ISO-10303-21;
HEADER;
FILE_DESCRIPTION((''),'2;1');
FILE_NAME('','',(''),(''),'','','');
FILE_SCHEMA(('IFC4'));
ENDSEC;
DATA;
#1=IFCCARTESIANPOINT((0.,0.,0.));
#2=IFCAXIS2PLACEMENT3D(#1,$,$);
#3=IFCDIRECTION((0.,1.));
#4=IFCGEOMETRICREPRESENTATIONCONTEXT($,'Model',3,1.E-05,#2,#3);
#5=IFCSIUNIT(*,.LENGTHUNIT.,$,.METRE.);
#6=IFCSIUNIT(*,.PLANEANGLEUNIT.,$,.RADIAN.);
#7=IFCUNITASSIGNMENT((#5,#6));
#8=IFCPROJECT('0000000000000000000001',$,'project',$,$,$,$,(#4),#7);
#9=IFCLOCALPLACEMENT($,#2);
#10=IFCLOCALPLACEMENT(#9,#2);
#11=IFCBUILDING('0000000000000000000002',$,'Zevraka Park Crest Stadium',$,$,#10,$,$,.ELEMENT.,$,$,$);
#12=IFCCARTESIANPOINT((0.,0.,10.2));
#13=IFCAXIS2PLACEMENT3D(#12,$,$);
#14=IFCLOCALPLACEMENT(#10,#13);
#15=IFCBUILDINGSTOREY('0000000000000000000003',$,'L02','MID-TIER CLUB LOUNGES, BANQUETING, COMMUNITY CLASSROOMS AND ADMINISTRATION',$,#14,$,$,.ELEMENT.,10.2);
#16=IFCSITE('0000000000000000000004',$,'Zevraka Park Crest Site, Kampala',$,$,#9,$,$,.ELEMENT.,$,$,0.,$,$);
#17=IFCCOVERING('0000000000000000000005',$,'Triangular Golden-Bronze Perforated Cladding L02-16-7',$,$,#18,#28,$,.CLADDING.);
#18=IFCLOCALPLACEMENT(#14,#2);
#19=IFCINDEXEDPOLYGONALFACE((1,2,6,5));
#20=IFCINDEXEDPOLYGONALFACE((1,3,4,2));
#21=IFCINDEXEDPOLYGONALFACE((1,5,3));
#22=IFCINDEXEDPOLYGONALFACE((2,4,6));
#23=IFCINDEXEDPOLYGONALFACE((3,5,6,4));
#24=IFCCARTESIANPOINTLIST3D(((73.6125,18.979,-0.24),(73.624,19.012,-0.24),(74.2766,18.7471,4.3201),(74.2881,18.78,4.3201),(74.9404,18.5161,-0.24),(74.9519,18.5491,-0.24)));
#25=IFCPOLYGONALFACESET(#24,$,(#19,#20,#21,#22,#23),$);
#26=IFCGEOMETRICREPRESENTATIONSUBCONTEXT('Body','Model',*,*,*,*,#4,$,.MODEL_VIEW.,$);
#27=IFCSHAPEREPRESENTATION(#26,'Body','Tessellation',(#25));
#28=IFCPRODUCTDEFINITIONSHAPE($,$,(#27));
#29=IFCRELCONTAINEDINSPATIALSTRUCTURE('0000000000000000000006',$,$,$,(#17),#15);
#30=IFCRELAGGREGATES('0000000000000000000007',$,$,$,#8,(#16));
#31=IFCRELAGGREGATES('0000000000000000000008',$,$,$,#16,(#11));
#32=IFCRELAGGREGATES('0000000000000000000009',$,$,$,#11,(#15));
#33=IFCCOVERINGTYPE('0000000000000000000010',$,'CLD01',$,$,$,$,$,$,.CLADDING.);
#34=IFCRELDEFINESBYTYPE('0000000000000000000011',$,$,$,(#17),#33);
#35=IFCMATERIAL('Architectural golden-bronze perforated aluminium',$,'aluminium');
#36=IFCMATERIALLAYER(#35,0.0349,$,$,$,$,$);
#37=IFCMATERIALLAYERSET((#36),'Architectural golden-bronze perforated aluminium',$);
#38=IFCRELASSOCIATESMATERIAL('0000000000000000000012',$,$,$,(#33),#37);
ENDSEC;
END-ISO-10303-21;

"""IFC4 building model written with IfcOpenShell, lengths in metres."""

from ifc_helpers import new_model, si_unit, direction, frame, origin, place, context, subcontext, project, spatial, polyline, outline, extrude, material, layer, layer_set, type_object, element, save


model = new_model("IFC4")

# Units and contexts
model_context = context("Model", 3, precision=1e-05, world=origin(), true_north=direction((0.0, 1.0)))
body_context = subcontext(model_context, "Body", "Model", "MODEL_VIEW")
ifc_project = project(units=[si_unit("LENGTHUNIT", "METRE"), si_unit("PLANEANGLEUNIT", "RADIAN")], contexts=[model_context])

# Site, building, storey
site_placement = place(None, origin())
site = spatial("IfcSite", under=ifc_project, at=site_placement, Name="Zevraka Park Crest Site, Kampala", CompositionType="ELEMENT", RefElevation=0.0)
building_placement = place(site_placement, origin())
building = spatial("IfcBuilding", under=site, at=building_placement, Name="Zevraka Park Crest Stadium", CompositionType="ELEMENT")
storey_placement = place(building_placement, frame((0.0, 0.0, 10.2)))
storey = spatial("IfcBuildingStorey", under=building, at=storey_placement, Name="L02", Description="MID-TIER CLUB LOUNGES, BANQUETING, COMMUNITY CLASSROOMS AND ADMINISTRATION", CompositionType="ELEMENT", Elevation=10.2)

# Covering
ifc_material_1 = material(Name="Architectural golden-bronze perforated aluminium", Category="aluminium")
ifc_layer_1 = layer(ifc_material_1, 0.0349)
ifc_layer_set_1 = layer_set([ifc_layer_1], Name="Architectural golden-bronze perforated aluminium")
covering_type = type_object("IfcCoveringType", Name="CLD01", PredefinedType="CLADDING", material=ifc_layer_set_1)
covering_1_placement = place(storey_placement, frame((73.624, 19.012, -0.24), z_axis=(0.329167, 0.944272, 0.000092), x_axis=(0.944272, -0.329167, 0.0)))
element("IfcCovering", 1, at=covering_1_placement, inside=storey, type_object=covering_type, Name="Triangular Golden-Bronze Perforated Cladding L02-16-7", PredefinedType="CLADDING", context=body_context, shape_type="SweptSolid", body=[
    extrude(outline(polyline([(0.0, 0.0), (1.4062, 0.0), (0.7034, -4.5601), (0.0, 0.0)])), origin(), (0.0, 0.0, -1.0), 0.0349),
])

save(model, "model.ifc")
